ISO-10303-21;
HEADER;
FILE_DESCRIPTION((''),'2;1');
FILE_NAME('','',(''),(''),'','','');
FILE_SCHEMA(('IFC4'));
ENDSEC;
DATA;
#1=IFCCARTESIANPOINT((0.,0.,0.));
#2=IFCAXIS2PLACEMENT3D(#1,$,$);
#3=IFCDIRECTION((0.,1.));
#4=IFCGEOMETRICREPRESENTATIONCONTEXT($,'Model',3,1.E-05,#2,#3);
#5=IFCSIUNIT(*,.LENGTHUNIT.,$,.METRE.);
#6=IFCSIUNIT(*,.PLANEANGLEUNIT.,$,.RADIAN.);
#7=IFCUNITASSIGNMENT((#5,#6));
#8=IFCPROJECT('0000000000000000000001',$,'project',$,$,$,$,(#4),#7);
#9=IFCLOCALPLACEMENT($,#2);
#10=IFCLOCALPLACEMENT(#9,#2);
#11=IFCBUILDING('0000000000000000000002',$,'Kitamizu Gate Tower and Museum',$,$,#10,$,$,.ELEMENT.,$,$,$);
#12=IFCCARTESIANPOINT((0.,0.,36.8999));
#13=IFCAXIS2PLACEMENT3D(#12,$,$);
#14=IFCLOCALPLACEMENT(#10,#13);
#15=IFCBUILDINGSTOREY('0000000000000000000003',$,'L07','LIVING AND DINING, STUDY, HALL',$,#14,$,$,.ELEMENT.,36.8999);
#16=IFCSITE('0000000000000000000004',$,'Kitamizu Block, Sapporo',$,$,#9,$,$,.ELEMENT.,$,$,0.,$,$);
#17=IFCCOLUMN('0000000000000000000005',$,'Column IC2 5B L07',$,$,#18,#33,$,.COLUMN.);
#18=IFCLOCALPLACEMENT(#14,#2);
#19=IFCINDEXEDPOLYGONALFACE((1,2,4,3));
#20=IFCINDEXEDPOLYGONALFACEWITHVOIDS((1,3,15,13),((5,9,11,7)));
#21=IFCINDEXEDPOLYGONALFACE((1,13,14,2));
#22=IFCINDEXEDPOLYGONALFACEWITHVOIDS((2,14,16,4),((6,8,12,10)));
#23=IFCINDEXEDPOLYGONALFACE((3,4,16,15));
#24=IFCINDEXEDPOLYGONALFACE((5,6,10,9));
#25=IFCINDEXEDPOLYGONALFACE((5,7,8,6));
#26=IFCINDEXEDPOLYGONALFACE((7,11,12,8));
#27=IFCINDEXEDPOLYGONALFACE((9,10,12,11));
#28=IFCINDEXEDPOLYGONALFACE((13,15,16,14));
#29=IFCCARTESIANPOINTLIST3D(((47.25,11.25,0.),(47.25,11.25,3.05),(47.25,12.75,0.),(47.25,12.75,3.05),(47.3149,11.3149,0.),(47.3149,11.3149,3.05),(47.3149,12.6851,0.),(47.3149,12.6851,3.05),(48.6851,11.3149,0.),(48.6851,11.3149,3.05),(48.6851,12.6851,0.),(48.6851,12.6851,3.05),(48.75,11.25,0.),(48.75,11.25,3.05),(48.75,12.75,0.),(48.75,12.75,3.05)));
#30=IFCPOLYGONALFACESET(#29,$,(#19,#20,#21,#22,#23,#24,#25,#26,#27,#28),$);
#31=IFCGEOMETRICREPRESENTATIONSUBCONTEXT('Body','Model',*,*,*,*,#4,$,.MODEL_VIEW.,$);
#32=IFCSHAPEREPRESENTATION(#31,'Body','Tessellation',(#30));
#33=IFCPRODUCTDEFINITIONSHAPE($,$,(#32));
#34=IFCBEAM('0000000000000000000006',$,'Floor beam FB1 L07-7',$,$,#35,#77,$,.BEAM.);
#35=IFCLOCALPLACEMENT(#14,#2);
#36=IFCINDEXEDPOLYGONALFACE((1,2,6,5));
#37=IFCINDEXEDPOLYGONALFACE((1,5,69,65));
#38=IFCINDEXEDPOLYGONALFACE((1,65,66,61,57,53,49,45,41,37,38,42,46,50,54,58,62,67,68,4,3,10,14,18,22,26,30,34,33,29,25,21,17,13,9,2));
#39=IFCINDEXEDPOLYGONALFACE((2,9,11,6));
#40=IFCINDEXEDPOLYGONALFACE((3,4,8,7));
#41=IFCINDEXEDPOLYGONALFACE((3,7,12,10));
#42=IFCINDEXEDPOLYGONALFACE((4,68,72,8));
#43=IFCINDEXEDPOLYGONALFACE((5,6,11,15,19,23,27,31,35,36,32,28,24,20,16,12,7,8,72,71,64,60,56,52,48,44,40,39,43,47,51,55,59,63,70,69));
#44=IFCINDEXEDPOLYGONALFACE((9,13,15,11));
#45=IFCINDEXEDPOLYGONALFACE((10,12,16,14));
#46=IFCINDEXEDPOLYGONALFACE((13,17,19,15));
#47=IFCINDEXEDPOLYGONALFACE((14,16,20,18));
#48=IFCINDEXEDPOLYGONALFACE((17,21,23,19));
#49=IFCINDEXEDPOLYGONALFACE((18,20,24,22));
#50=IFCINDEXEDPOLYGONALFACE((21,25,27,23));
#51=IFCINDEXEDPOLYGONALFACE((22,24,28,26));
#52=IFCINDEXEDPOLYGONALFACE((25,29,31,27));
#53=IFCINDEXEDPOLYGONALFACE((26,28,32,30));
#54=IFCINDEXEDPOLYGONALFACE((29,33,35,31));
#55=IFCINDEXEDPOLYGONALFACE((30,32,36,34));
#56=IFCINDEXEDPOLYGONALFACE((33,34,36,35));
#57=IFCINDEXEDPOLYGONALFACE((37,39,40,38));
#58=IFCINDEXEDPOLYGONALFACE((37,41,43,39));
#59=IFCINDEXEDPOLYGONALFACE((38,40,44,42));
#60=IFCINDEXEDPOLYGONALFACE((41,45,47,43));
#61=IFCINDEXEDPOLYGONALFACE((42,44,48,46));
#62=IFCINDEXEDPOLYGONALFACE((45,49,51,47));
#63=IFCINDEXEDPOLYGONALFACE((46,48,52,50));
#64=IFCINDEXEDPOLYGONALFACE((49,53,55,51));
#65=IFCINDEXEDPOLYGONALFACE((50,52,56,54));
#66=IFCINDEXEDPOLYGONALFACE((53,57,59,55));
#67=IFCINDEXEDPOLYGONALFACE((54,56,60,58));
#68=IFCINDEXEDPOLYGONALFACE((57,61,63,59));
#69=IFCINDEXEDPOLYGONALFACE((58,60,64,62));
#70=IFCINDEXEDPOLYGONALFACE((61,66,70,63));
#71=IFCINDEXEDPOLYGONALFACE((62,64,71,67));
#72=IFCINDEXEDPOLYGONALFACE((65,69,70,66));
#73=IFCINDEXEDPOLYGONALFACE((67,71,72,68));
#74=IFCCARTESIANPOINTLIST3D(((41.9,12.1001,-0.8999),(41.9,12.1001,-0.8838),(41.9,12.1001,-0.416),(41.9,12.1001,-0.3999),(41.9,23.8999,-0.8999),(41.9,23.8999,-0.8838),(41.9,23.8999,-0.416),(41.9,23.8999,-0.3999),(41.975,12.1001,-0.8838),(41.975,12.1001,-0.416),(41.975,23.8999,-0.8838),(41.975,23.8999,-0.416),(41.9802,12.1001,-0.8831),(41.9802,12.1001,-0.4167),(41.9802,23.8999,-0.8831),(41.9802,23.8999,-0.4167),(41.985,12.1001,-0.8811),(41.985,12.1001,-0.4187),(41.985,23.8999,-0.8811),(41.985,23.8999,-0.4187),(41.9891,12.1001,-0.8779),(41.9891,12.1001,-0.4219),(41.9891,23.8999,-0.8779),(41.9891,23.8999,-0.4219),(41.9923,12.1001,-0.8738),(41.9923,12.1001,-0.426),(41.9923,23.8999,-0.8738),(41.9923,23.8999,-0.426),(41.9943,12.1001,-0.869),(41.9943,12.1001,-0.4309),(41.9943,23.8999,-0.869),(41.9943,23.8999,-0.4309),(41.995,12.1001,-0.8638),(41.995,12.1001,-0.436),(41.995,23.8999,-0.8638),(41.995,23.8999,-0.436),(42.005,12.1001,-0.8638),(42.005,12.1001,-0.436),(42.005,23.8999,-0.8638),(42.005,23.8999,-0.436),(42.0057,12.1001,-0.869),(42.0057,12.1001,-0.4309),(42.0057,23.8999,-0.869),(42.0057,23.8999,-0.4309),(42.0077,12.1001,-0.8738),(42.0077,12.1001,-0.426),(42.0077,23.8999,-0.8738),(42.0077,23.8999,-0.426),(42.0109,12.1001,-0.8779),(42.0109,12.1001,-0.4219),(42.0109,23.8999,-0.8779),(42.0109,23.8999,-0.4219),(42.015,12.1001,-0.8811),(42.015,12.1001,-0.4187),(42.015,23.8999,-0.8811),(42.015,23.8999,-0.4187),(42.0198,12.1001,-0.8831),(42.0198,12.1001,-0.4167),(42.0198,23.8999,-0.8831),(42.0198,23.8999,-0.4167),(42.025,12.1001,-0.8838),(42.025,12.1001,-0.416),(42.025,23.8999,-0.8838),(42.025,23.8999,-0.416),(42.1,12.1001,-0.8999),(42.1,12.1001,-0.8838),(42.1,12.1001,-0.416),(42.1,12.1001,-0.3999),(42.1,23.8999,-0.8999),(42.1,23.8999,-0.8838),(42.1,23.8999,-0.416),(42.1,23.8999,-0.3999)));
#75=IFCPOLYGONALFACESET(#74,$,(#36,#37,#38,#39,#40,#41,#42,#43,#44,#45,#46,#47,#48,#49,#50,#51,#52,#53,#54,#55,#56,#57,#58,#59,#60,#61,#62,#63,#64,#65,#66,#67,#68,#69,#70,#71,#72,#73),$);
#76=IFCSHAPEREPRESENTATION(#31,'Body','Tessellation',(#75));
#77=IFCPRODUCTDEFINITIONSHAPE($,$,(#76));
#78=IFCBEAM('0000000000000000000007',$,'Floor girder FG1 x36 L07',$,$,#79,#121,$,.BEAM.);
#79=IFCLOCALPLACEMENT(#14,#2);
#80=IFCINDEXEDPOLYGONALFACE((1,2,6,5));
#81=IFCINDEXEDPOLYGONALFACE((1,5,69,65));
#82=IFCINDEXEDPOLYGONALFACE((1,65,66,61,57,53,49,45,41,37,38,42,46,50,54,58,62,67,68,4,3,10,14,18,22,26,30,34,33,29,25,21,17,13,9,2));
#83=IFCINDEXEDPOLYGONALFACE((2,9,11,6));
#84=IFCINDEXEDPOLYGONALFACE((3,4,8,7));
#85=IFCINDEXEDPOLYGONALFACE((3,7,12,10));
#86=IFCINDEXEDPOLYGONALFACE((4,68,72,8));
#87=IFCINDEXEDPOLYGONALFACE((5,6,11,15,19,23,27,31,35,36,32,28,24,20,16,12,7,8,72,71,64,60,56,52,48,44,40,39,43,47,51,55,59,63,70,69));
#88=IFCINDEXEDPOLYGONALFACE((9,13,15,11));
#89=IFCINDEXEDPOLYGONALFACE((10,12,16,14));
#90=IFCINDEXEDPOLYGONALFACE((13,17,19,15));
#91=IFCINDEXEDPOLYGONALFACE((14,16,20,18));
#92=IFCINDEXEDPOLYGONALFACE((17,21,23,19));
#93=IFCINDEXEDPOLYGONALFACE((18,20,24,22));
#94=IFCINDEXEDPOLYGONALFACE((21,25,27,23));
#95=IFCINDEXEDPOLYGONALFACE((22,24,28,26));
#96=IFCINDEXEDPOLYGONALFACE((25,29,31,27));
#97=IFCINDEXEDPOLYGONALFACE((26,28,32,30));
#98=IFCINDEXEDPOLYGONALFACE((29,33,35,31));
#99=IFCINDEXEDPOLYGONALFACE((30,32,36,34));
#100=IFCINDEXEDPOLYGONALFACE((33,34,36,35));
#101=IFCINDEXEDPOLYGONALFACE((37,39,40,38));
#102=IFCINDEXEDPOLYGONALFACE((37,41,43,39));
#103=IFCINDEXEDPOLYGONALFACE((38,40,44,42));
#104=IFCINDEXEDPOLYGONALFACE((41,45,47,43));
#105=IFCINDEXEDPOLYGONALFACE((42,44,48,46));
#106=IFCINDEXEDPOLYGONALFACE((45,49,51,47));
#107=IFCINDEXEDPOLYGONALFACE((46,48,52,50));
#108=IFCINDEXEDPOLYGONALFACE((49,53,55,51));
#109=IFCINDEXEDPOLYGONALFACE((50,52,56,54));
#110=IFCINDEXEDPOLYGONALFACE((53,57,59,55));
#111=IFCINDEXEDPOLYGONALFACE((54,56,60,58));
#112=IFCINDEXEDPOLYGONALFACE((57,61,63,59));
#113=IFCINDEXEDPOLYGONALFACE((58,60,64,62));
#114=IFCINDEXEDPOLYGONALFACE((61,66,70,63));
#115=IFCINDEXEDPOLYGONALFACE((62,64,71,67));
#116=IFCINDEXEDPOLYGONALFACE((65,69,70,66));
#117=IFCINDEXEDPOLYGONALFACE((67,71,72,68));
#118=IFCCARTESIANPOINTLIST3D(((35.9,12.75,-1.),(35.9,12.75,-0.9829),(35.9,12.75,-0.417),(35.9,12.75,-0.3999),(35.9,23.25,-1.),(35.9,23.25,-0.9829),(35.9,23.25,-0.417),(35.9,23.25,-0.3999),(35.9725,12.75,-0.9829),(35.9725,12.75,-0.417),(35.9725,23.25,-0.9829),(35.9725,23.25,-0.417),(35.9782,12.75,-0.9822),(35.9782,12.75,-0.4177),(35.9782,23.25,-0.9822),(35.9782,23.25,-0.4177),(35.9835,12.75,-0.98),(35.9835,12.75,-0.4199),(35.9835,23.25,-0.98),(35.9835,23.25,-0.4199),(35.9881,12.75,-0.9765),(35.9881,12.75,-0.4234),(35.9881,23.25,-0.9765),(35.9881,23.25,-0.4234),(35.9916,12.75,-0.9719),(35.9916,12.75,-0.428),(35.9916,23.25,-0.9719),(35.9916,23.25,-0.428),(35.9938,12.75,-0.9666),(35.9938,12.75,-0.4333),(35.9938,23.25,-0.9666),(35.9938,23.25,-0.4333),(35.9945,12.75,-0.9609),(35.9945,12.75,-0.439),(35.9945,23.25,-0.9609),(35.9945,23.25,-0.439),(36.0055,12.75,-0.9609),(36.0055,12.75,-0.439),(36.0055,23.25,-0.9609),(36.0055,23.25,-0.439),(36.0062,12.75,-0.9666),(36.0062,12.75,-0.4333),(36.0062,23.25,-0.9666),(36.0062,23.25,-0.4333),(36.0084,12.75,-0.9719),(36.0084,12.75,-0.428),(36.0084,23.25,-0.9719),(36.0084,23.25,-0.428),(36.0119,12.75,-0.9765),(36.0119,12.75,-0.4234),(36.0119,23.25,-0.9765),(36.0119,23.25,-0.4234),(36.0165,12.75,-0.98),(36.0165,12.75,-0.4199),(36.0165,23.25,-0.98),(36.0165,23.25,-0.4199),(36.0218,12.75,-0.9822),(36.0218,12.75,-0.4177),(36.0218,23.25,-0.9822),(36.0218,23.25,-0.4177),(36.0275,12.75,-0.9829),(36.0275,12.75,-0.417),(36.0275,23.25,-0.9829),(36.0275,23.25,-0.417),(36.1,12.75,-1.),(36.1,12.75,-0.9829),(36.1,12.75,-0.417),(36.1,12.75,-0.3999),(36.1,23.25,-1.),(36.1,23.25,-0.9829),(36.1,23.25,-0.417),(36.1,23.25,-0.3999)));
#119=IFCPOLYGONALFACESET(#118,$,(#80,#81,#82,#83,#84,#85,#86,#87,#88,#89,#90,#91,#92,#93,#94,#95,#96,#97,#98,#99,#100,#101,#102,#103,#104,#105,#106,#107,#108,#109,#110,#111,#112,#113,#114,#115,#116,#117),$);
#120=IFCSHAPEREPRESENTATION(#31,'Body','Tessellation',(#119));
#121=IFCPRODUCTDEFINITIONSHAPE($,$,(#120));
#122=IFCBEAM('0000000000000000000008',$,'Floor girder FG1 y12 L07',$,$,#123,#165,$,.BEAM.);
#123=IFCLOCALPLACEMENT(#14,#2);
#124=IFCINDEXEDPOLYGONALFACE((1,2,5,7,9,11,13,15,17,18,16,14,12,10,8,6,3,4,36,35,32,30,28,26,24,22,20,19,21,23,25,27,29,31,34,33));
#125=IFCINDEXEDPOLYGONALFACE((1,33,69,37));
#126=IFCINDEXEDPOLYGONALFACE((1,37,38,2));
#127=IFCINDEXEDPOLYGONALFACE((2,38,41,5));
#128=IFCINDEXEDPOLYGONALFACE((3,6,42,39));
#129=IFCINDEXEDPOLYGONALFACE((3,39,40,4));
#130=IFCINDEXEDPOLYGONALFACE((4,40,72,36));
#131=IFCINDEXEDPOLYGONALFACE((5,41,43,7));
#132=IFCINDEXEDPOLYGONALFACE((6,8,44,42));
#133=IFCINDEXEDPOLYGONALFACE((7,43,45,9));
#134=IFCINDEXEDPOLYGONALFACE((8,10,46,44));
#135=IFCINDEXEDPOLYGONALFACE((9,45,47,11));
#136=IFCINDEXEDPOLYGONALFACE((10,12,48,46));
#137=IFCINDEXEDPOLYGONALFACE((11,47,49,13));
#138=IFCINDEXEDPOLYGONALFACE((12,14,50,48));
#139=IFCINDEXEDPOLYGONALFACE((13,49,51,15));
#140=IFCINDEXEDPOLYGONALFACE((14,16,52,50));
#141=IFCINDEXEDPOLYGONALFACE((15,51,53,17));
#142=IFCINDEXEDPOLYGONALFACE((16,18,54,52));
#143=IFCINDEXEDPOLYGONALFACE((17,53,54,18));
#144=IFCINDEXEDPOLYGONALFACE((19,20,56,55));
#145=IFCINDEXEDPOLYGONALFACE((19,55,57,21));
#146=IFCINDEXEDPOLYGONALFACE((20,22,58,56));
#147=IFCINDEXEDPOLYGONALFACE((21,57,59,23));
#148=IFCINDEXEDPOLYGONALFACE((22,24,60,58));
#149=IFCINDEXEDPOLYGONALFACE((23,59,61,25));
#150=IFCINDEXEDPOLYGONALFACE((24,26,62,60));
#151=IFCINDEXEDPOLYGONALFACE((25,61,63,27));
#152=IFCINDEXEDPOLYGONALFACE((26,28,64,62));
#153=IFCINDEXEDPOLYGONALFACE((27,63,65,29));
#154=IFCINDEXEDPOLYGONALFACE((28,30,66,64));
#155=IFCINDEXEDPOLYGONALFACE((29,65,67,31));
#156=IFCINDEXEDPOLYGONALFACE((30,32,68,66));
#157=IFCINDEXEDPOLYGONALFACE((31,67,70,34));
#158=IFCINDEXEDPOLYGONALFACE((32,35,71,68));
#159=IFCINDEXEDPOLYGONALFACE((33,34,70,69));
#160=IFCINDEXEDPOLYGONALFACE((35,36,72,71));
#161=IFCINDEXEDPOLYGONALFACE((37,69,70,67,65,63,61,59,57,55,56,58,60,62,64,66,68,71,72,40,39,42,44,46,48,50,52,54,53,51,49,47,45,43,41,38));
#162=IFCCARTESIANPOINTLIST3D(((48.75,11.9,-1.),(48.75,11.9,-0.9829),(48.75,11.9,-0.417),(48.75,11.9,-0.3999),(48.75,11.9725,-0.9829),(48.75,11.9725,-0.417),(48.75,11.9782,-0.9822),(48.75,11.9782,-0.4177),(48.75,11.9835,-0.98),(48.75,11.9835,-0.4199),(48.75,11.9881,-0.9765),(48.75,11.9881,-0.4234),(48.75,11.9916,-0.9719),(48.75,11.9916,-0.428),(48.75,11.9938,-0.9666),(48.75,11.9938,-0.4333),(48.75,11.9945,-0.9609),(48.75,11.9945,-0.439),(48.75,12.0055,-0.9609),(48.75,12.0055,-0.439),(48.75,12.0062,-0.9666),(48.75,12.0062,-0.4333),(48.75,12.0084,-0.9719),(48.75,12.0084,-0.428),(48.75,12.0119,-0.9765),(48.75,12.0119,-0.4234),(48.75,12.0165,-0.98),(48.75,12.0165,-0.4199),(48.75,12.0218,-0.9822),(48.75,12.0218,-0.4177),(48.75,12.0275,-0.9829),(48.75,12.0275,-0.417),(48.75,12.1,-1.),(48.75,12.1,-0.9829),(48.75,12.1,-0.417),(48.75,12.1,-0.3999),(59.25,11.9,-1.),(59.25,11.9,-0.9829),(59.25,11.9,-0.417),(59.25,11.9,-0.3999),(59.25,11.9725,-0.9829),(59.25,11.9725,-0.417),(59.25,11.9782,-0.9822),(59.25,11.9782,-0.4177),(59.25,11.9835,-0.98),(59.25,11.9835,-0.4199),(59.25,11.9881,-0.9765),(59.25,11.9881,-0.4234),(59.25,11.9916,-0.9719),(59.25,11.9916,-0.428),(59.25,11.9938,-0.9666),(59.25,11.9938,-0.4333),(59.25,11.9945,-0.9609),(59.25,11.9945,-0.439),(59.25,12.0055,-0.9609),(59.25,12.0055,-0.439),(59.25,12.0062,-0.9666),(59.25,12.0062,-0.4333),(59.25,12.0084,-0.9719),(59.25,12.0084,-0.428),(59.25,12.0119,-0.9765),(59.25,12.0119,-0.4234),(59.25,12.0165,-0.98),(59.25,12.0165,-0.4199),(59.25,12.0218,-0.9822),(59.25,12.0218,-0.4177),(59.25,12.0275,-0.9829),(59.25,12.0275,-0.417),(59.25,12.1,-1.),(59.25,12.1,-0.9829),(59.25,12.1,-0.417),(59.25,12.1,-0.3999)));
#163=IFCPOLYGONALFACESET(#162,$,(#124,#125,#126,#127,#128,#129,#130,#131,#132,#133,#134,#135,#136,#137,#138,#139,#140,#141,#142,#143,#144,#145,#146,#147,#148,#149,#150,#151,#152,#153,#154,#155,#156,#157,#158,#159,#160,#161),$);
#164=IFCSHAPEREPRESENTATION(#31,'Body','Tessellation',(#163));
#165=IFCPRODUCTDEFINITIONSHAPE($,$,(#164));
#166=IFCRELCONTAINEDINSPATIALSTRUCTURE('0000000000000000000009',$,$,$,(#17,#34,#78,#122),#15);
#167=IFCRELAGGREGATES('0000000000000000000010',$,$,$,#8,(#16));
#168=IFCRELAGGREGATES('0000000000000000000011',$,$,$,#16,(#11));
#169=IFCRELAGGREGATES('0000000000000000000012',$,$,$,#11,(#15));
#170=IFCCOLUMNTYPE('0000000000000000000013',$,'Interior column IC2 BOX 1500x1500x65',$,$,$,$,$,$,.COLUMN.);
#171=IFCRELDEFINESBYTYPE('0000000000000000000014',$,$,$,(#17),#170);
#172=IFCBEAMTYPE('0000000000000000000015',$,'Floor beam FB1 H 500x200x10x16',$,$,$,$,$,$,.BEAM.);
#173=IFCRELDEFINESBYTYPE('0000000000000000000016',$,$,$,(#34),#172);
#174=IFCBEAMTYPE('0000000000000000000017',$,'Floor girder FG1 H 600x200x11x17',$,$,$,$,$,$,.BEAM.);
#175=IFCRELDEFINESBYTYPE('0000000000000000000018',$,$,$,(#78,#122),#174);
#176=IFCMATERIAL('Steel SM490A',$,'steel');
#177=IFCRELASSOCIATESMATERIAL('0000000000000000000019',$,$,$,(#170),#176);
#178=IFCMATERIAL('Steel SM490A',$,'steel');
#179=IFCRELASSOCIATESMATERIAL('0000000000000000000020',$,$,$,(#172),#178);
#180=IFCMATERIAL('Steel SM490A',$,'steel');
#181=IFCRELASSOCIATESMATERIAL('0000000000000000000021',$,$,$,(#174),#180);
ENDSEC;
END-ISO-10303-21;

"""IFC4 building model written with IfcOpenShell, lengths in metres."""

from ifc_helpers import new_model, si_unit, direction, frame, origin, origin_2d, place, context, subcontext, project, spatial, hollow_rectangle, i_section, extrude, material, material_profile, profile_set, type_object, element, save


model = new_model("IFC4")

# Units and contexts
model_context = context("Model", 3, precision=1e-05, world=origin(), true_north=direction((0.0, 1.0)))
body_context = subcontext(model_context, "Body", "Model", "MODEL_VIEW")
ifc_project = project(units=[si_unit("LENGTHUNIT", "METRE"), si_unit("PLANEANGLEUNIT", "RADIAN")], contexts=[model_context])

# Site, building, storey
site_placement = place(None, origin())
site = spatial("IfcSite", under=ifc_project, at=site_placement, Name="Kitamizu Block, Sapporo", CompositionType="ELEMENT", RefElevation=0.0)
building_placement = place(site_placement, origin())
building = spatial("IfcBuilding", under=site, at=building_placement, Name="Kitamizu Gate Tower and Museum", CompositionType="ELEMENT")
storey_placement = place(building_placement, frame((0.0, 0.0, 36.8999)))
storey = spatial("IfcBuildingStorey", under=building, at=storey_placement, Name="L07", Description="LIVING AND DINING, STUDY, HALL", CompositionType="ELEMENT", Elevation=36.8999)

# Column
ifc_material_1 = material(Name="Steel SM490A", Category="steel")
ifc_material_profile_1 = material_profile(ifc_material_1, hollow_rectangle(XDim=1.5, YDim=1.5, WallThickness=0.0649, at=origin_2d()), Name="BOX 1500x1500x65")
ifc_profile_set_1 = profile_set([ifc_material_profile_1], Name="Steel SM490A")
column_type = type_object("IfcColumnType", Name="Interior column IC2 BOX 1500x1500x65", PredefinedType="COLUMN", material=ifc_profile_set_1)
column_placement = place(storey_placement, frame((48.0, 12.0, 0.0), z_axis=(0.0, 0.0, 1.0), x_axis=(1.0, 0.0, 0.0)))
element("IfcColumn", 1, at=column_placement, inside=storey, type_object=column_type, Name="Column IC2 5B L07", PredefinedType="COLUMN", context=body_context, shape_type="SweptSolid", body=[
    extrude(hollow_rectangle(XDim=1.5, YDim=1.5, WallThickness=0.0649, at=origin_2d()), origin(), (0.0, 0.0, 1.0), 3.05),
])

# Beams
ifc_material_2 = material(Name="Steel SM490A", Category="steel")
ifc_material_profile_2 = material_profile(ifc_material_2, i_section(OverallWidth=0.2, OverallDepth=0.5, WebThickness=0.01, FlangeThickness=0.0161, FilletRadius=0.02, at=origin_2d()), Name="H-500x200x10x16")
ifc_profile_set_2 = profile_set([ifc_material_profile_2], Name="Steel SM490A")
beam_type_1 = type_object("IfcBeamType", Name="Floor beam FB1 H 500x200x10x16", PredefinedType="BEAM", material=ifc_profile_set_2)
beam_placement = place(storey_placement, frame((42.0, 12.1001, -0.6499), z_axis=(0.0, 1.0, 0.0), x_axis=(-1.0, 0.0, 0.0)))
element("IfcBeam", 2, at=beam_placement, inside=storey, type_object=beam_type_1, Name="Floor beam FB1 L07-7", PredefinedType="BEAM", context=body_context, shape_type="SweptSolid", body=[
    extrude(i_section(OverallWidth=0.2, OverallDepth=0.5, WebThickness=0.01, FlangeThickness=0.0161, FilletRadius=0.02, at=origin_2d()), origin(), (0.0, 0.0, 1.0), 11.7998),
])
ifc_material_3 = material(Name="Steel SM490A", Category="steel")
ifc_material_profile_3 = material_profile(ifc_material_3, i_section(OverallWidth=0.2, OverallDepth=0.6001, WebThickness=0.011, FlangeThickness=0.0171, FilletRadius=0.022, at=origin_2d()), Name="H-600x200x11x17")
ifc_profile_set_3 = profile_set([ifc_material_profile_3], Name="Steel SM490A")
beam_type_2 = type_object("IfcBeamType", Name="Floor girder FG1 H 600x200x11x17", PredefinedType="BEAM", material=ifc_profile_set_3)
for number, where, z_axis, x_axis, name in (
    (3, (36.0, 12.75, -0.7), (0.0, 1.0, 0.0), (-1.0, 0.0, 0.0), "Floor girder FG1 x36 L07"),
    (4, (48.75, 12.0, -0.7), (1.0, 0.0, 0.0), (0.0, 1.0, 0.0), "Floor girder FG1 y12 L07"),
):
    element("IfcBeam", number, at=place(storey_placement, frame(where, z_axis=z_axis, x_axis=x_axis)), inside=storey, type_object=beam_type_2, Name=name, PredefinedType="BEAM", context=body_context, shape_type="SweptSolid", body=[
        extrude(i_section(OverallWidth=0.2, OverallDepth=0.6001, WebThickness=0.011, FlangeThickness=0.0171, FilletRadius=0.022, at=origin_2d()), origin(), (0.0, 0.0, 1.0), 10.5),
    ])

save(model, "model.ifc")
